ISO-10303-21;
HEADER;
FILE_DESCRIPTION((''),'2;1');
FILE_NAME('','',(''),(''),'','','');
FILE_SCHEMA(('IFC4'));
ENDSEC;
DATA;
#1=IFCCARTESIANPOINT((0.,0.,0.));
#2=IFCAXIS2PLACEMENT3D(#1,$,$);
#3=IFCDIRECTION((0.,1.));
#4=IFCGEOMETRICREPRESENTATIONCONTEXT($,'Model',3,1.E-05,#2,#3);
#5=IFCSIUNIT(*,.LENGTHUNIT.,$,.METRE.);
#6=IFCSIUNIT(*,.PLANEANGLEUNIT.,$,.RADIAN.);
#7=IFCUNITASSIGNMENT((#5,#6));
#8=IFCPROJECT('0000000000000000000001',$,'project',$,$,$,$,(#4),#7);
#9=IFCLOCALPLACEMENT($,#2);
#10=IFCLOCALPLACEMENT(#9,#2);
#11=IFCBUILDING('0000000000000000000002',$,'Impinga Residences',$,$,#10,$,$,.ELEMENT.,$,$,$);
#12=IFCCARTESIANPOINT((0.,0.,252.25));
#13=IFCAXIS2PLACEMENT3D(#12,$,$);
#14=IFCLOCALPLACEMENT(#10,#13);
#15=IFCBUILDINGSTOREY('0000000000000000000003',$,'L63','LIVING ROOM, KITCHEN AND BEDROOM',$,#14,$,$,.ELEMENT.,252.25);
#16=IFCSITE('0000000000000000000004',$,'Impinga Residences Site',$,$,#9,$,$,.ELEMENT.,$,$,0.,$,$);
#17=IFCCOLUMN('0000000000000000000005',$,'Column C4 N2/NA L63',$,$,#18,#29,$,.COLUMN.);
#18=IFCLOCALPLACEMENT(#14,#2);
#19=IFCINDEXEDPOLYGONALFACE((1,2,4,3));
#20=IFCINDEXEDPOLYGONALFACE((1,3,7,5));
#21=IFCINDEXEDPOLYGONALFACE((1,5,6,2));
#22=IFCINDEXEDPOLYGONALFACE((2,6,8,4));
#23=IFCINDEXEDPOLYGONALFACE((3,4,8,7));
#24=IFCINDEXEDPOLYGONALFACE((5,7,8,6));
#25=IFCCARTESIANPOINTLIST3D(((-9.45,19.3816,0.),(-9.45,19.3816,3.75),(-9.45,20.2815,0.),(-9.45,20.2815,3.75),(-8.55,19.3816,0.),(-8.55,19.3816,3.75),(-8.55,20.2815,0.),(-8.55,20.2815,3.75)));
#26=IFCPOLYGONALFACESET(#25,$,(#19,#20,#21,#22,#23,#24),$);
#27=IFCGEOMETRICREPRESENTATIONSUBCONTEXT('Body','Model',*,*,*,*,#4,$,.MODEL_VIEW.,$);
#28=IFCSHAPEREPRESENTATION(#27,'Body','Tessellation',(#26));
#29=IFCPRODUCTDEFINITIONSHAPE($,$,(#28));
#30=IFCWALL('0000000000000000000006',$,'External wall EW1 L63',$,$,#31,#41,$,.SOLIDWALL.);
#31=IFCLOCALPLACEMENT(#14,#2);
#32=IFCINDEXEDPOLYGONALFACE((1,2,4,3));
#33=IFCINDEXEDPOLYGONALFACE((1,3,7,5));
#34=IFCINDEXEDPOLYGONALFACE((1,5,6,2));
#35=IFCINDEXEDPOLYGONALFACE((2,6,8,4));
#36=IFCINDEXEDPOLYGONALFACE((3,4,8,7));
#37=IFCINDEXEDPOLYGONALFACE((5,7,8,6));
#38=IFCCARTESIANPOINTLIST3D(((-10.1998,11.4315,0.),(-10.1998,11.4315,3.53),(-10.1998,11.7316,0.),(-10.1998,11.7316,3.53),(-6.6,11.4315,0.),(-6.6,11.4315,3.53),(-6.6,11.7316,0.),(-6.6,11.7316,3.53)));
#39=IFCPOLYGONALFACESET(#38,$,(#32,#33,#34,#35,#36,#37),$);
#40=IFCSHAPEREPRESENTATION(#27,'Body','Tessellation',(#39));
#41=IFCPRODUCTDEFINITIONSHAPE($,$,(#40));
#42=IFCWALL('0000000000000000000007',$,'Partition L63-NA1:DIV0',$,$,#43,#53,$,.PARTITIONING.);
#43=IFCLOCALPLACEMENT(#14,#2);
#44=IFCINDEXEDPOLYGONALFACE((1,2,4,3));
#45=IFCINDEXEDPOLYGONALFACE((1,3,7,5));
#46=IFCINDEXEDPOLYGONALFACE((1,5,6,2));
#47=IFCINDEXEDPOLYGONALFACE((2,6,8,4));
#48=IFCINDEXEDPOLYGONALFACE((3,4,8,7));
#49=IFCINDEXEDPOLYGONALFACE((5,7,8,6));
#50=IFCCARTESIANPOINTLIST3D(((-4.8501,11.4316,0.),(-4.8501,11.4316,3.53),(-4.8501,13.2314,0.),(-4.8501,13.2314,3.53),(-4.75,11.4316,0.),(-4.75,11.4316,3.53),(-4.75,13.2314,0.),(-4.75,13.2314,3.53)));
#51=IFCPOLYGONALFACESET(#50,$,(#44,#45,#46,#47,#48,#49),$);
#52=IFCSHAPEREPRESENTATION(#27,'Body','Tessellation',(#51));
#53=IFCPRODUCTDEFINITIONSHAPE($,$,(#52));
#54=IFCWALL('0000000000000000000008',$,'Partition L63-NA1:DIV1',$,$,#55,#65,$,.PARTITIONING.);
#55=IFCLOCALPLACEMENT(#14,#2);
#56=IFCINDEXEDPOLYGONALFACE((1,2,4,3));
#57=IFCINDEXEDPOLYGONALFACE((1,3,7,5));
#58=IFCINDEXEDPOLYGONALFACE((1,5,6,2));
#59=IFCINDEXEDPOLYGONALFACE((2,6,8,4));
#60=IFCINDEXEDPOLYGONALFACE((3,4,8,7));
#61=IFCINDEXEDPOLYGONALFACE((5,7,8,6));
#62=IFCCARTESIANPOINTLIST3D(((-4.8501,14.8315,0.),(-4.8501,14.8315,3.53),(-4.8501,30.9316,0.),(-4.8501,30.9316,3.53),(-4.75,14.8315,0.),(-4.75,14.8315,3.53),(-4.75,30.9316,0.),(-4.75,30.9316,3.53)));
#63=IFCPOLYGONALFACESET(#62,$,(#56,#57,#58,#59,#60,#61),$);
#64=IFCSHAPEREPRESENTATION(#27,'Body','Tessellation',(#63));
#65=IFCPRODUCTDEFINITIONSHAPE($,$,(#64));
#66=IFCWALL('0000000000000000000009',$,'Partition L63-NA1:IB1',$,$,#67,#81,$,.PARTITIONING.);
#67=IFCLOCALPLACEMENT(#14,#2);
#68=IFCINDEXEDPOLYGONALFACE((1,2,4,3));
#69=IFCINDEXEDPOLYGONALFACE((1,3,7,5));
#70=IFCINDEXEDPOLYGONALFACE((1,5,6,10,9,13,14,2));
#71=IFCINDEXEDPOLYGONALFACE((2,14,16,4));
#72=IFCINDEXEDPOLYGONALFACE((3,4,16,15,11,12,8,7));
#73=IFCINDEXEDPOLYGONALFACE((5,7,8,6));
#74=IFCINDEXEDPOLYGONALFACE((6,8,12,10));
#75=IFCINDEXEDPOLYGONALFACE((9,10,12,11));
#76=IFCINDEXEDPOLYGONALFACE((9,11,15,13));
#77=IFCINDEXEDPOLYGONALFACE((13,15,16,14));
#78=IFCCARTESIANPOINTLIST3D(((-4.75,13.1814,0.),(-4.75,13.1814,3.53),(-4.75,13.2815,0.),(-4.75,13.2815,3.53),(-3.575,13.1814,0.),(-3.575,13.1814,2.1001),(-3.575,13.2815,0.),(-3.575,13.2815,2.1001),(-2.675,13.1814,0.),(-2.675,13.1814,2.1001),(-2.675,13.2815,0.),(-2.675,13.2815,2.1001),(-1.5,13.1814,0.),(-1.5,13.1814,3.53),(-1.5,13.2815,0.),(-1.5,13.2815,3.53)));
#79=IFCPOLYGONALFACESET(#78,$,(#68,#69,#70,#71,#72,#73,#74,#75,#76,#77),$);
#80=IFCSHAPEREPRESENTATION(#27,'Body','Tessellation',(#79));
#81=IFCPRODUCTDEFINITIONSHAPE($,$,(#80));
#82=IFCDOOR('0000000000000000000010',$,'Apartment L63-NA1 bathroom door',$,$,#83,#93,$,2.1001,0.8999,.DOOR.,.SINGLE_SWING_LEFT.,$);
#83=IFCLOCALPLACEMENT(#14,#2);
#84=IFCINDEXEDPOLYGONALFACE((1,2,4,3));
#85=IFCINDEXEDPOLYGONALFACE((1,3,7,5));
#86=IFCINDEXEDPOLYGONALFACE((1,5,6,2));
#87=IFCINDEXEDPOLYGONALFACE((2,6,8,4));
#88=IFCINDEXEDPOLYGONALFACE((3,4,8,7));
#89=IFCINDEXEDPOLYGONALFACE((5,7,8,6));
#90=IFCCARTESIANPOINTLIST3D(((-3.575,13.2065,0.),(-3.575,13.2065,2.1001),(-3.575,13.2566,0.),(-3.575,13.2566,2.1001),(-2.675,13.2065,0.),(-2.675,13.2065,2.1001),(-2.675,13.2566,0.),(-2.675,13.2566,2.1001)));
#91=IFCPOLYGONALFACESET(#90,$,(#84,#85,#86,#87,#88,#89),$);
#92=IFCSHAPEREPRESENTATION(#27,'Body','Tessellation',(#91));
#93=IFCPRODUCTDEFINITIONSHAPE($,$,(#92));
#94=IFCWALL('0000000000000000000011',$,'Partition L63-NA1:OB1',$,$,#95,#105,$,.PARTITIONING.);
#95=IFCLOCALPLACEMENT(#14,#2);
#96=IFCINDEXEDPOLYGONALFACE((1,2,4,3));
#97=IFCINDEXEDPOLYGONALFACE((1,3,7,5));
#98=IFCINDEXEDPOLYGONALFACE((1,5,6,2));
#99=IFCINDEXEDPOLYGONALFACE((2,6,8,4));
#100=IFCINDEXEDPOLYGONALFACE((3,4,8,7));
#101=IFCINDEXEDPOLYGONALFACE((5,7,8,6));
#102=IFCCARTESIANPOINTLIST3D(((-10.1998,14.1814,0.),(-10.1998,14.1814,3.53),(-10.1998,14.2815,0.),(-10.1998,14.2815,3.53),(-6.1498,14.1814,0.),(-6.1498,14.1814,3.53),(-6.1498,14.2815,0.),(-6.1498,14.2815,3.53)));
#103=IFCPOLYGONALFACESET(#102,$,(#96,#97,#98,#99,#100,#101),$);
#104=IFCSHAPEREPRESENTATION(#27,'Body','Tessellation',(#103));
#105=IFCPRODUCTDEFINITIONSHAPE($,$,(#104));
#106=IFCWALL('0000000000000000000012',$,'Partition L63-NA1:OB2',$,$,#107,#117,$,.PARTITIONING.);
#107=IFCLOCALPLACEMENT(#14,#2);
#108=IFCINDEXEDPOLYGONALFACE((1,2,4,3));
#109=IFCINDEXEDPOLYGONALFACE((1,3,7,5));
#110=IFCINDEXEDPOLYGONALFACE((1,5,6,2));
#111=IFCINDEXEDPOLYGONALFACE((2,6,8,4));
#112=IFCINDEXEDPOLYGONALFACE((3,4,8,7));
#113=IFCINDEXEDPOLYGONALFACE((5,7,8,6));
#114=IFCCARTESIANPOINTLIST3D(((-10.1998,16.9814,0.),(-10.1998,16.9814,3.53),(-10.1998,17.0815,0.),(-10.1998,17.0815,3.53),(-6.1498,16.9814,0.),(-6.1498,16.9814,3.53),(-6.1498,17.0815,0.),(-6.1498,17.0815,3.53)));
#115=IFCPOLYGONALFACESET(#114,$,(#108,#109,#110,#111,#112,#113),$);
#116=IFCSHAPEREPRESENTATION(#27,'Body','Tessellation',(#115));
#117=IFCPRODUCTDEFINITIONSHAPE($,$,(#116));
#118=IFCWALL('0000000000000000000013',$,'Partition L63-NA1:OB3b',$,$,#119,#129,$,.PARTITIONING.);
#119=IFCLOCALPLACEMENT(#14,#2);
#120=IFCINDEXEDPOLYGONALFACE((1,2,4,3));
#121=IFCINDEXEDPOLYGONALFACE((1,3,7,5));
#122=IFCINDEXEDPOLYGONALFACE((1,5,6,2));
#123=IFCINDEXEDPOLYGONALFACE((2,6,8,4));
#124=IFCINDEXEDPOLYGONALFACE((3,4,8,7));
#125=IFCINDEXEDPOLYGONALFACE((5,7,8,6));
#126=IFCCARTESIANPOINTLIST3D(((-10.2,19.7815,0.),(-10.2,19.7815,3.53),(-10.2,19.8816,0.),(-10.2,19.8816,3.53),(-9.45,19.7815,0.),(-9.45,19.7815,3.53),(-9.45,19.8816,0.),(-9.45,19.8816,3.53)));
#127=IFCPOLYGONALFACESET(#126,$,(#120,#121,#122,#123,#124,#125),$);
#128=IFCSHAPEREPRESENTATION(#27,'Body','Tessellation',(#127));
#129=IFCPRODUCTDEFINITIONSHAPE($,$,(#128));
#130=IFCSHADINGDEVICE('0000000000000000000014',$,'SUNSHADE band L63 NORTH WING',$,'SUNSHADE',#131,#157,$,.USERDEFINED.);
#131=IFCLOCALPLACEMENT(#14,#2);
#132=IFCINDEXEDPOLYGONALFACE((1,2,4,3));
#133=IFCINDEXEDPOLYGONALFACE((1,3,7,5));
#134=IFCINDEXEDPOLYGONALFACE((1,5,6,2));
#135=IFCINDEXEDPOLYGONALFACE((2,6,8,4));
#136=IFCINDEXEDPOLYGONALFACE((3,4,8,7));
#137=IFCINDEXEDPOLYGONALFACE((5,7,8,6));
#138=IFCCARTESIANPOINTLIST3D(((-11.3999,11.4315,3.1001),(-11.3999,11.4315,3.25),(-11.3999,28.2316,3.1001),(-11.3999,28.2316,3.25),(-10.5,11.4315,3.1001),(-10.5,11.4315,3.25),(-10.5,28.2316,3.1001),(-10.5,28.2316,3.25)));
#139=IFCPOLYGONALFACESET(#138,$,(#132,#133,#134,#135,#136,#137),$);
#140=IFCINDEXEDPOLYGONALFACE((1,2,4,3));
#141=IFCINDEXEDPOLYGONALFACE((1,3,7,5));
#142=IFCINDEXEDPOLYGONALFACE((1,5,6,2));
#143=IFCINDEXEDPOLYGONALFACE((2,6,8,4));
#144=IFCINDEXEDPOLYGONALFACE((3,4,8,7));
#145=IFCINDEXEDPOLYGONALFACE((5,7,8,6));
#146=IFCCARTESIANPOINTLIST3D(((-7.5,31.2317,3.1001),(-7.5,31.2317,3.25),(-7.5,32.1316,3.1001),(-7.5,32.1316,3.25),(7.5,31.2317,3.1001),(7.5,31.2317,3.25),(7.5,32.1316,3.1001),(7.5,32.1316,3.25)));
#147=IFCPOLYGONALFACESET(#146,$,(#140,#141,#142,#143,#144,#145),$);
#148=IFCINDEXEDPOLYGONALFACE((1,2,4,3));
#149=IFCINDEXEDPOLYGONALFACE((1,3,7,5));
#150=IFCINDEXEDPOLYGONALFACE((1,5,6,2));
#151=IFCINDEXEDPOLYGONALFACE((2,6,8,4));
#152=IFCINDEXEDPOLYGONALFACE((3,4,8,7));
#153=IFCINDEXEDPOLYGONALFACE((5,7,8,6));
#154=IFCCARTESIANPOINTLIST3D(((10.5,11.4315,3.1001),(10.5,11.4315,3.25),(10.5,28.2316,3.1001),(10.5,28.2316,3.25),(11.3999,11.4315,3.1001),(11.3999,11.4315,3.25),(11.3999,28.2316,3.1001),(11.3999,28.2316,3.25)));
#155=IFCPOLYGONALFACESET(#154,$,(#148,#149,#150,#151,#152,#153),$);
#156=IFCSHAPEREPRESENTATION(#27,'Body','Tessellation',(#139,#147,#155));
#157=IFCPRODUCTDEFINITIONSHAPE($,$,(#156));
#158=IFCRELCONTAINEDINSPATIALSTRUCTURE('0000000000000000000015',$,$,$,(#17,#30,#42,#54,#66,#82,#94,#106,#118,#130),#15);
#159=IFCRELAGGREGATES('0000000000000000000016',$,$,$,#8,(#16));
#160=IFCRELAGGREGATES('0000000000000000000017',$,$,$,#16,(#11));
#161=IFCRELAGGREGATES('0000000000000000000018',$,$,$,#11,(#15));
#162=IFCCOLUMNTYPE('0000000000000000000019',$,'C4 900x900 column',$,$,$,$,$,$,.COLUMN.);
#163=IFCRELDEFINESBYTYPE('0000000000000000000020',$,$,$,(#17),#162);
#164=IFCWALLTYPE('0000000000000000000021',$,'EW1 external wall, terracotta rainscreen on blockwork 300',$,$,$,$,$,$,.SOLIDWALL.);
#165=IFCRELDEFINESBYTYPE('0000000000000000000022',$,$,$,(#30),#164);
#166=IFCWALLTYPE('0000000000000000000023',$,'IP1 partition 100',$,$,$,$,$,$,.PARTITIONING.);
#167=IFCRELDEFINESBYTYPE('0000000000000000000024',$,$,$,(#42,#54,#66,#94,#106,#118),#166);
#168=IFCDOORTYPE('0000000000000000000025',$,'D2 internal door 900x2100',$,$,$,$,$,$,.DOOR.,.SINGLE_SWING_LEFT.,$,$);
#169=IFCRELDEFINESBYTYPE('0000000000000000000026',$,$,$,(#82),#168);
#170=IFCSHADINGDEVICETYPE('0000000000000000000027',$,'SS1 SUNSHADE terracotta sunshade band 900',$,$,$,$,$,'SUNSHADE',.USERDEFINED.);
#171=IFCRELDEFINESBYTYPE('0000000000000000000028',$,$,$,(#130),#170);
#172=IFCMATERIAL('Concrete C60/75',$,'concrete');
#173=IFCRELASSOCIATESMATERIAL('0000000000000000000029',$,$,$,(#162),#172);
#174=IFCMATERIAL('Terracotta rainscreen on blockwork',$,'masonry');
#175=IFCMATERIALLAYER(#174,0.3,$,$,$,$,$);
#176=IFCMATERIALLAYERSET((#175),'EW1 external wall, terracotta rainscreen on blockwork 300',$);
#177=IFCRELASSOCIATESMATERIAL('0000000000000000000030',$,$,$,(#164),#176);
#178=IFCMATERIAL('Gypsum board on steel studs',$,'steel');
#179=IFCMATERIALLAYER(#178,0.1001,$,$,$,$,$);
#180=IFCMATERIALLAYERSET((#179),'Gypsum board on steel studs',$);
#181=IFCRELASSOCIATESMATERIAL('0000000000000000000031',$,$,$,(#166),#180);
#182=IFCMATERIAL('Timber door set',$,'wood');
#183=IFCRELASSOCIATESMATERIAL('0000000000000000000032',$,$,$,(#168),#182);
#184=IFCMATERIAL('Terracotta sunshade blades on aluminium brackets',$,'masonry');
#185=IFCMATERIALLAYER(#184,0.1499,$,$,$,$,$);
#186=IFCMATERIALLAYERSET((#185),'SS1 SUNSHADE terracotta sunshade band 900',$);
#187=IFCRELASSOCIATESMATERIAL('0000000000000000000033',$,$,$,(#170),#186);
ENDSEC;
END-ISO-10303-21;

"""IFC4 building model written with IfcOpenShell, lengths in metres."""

from ifc_helpers import new_model, si_unit, direction, frame, frame_2d, origin, origin_2d, place, context, subcontext, project, spatial, rectangle, extrude, material, layer, layer_set, material_profile, profile_set, type_object, element, fill, save


model = new_model("IFC4")

# Units and contexts
model_context = context("Model", 3, precision=1e-05, world=origin(), true_north=direction((0.0, 1.0)))
body_context = subcontext(model_context, "Body", "Model", "MODEL_VIEW")
ifc_project = project(units=[si_unit("LENGTHUNIT", "METRE"), si_unit("PLANEANGLEUNIT", "RADIAN")], contexts=[model_context])

# Site, building, storey
site_placement = place(None, origin())
site = spatial("IfcSite", under=ifc_project, at=site_placement, Name="Impinga Residences Site", CompositionType="ELEMENT", RefElevation=0.0)
building_placement = place(site_placement, origin())
building = spatial("IfcBuilding", under=site, at=building_placement, Name="Impinga Residences", CompositionType="ELEMENT")
storey_placement = place(building_placement, frame((0.0, 0.0, 252.25)))
storey = spatial("IfcBuildingStorey", under=building, at=storey_placement, Name="L63", Description="LIVING ROOM, KITCHEN AND BEDROOM", CompositionType="ELEMENT", Elevation=252.25)

# Column
ifc_material_1 = material(Name="Concrete C60/75", Category="concrete")
ifc_material_profile = material_profile(ifc_material_1, rectangle(XDim=0.8999, YDim=0.8999, at=origin_2d()), Name="RC 900x900")
ifc_profile_set = profile_set([ifc_material_profile], Name="Concrete C60/75")
column_type = type_object("IfcColumnType", Name="C4 900x900 column", PredefinedType="COLUMN", material=ifc_profile_set)
column_placement = place(storey_placement, frame((-9.0, 19.8315, 0.0), z_axis=(0.0, 0.0, 1.0), x_axis=(1.0, 0.0, 0.0)))
element("IfcColumn", 1, at=column_placement, inside=storey, type_object=column_type, Name="Column C4 N2/NA L63", PredefinedType="COLUMN", context=body_context, shape_type="SweptSolid", body=[
    extrude(rectangle(XDim=0.8999, YDim=0.8999, at=origin_2d()), origin(), (0.0, 0.0, 1.0), 3.75),
])

# Walls
ifc_material_2 = material(Name="Terracotta rainscreen on blockwork", Category="masonry")
ifc_layer_1 = layer(ifc_material_2, 0.3)
ifc_layer_set_1 = layer_set([ifc_layer_1], Name="EW1 external wall, terracotta rainscreen on blockwork 300")
wall_type_1 = type_object("IfcWallType", Name="EW1 external wall, terracotta rainscreen on blockwork 300", PredefinedType="SOLIDWALL", material=ifc_layer_set_1)
wall_1_placement = place(storey_placement, frame((-6.6001, 11.5815, 0.0), z_axis=(0.0, 0.0, 1.0), x_axis=(-1.0, 0.0, 0.0)))
element("IfcWall", 2, at=wall_1_placement, inside=storey, type_object=wall_type_1, Name="External wall EW1 L63", PredefinedType="SOLIDWALL", context=body_context, shape_type="SweptSolid", body=[
    extrude(rectangle(XDim=3.5999, YDim=0.3, at=frame_2d((1.7998, 0.0))), origin(), (0.0, 0.0, 1.0), 3.53),
])
ifc_material_3 = material(Name="Gypsum board on steel studs", Category="steel")
ifc_layer_2 = layer(ifc_material_3, 0.1001)
ifc_layer_set_2 = layer_set([ifc_layer_2], Name="Gypsum board on steel studs")
wall_type_2 = type_object("IfcWallType", Name="IP1 partition 100", PredefinedType="PARTITIONING", material=ifc_layer_set_2)
wall_2_placement = place(storey_placement, frame((-4.8, 11.4316, 0.0), z_axis=(0.0, 0.0, 1.0), x_axis=(0.0, 1.0, 0.0)))
element("IfcWall", 3, at=wall_2_placement, inside=storey, type_object=wall_type_2, Name="Partition L63-NA1:DIV0", PredefinedType="PARTITIONING", context=body_context, shape_type="SweptSolid", body=[
    extrude(rectangle(XDim=1.7998, YDim=0.1001, at=frame_2d((0.8999, 0.0))), origin(), (0.0, 0.0, 1.0), 3.53),
])
wall_3_placement = place(storey_placement, frame((-4.8, 14.8315, 0.0), z_axis=(0.0, 0.0, 1.0), x_axis=(0.0, 1.0, 0.0)))
element("IfcWall", 4, at=wall_3_placement, inside=storey, type_object=wall_type_2, Name="Partition L63-NA1:DIV1", PredefinedType="PARTITIONING", context=body_context, shape_type="SweptSolid", body=[
    extrude(rectangle(XDim=16.1001, YDim=0.1001, at=frame_2d((8.05, 0.0))), origin(), (0.0, 0.0, 1.0), 3.53),
])

# Wall, opening, door
wall_4_placement = place(storey_placement, frame((-1.5, 13.2314, 0.0), z_axis=(0.0, 0.0, 1.0), x_axis=(-1.0, 0.0, 0.0)))
wall_4 = element("IfcWall", 5, at=wall_4_placement, inside=storey, type_object=wall_type_2, Name="Partition L63-NA1:IB1", PredefinedType="PARTITIONING", context=body_context, shape_type="SweptSolid", body=[
    extrude(rectangle(XDim=3.25, YDim=0.1001, at=frame_2d((1.625, 0.0))), origin(), (0.0, 0.0, 1.0), 3.53),
])
opening_placement = place(wall_4_placement, frame((1.175, 0.0, 0.0)))
opening = element("IfcOpeningElement", 6, at=opening_placement, cuts=wall_4, PredefinedType="OPENING", context=body_context, shape_type="SweptSolid", body=[
    extrude(rectangle(XDim=0.8999, YDim=2.1001, at=frame_2d((0.45, 1.05))), frame((0.0, 0.0601, 0.0), z_axis=(0.0, -1.0, 0.0), x_axis=(1.0, 0.0, 0.0)), (0.0, 0.0, 1.0), 0.1201),
])
ifc_material_4 = material(Name="Timber door set", Category="wood")
door_type = type_object("IfcDoorType", Name="D2 internal door 900x2100", OperationType="SINGLE_SWING_LEFT", PredefinedType="DOOR", material=ifc_material_4)
door_placement = place(opening_placement, origin())
door = element("IfcDoor", 7, at=door_placement, inside=storey, type_object=door_type, Name="Apartment L63-NA1 bathroom door", OperationType="SINGLE_SWING_LEFT", OverallHeight=2.1001, OverallWidth=0.8999, PredefinedType="DOOR", context=body_context, shape_type="SweptSolid", body=[
    extrude(rectangle(XDim=0.8999, YDim=2.1001, at=frame_2d((0.45, 1.05))), frame((0.0, 0.0249, 0.0), z_axis=(0.0, -1.0, 0.0), x_axis=(1.0, 0.0, 0.0)), (0.0, 0.0, 1.0), 0.05),
])
fill(opening, door)

# Walls
for number, where, z_axis, x_axis, name in (
    (8, (-6.1499, 14.2314, 0.0), (0.0, 0.0, 1.0), (-1.0, 0.0, 0.0), "Partition L63-NA1:OB1"),
    (9, (-6.1499, 17.0315, 0.0), (0.0, 0.0, 1.0), (-1.0, 0.0, 0.0), "Partition L63-NA1:OB2"),
):
    element("IfcWall", number, at=place(storey_placement, frame(where, z_axis=z_axis, x_axis=x_axis)), inside=storey, type_object=wall_type_2, Name=name, PredefinedType="PARTITIONING", context=body_context, shape_type="SweptSolid", body=[
        extrude(rectangle(XDim=4.05, YDim=0.1001, at=frame_2d((2.0249, 0.0))), origin(), (0.0, 0.0, 1.0), 3.53),
    ])
wall_5_placement = place(storey_placement, frame((-9.45, 19.8315, 0.0), z_axis=(0.0, 0.0, 1.0), x_axis=(-1.0, 0.0, 0.0)))
element("IfcWall", 10, at=wall_5_placement, inside=storey, type_object=wall_type_2, Name="Partition L63-NA1:OB3b", PredefinedType="PARTITIONING", context=body_context, shape_type="SweptSolid", body=[
    extrude(rectangle(XDim=0.75, YDim=0.1001, at=frame_2d((0.375, 0.0))), origin(), (0.0, 0.0, 1.0), 3.53),
])

# Shading device
ifc_material_5 = material(Name="Terracotta sunshade blades on aluminium brackets", Category="masonry")
ifc_layer_3 = layer(ifc_material_5, 0.1499)
ifc_layer_set_3 = layer_set([ifc_layer_3], Name="SS1 SUNSHADE terracotta sunshade band 900")
shading_device_type = type_object("IfcShadingDeviceType", Name="SS1 SUNSHADE terracotta sunshade band 900", ElementType="SUNSHADE", PredefinedType="USERDEFINED", material=ifc_layer_set_3)
shading_device_placement = place(storey_placement, frame((-10.95, 19.8315, 3.1001), z_axis=(0.0, 0.0, 1.0), x_axis=(0.0, 1.0, 0.0)))
element("IfcShadingDevice", 11, at=shading_device_placement, inside=storey, type_object=shading_device_type, Name="SUNSHADE band L63 NORTH WING", ObjectType="SUNSHADE", PredefinedType="USERDEFINED", context=body_context, shape_type="SweptSolid", body=[
    extrude(rectangle(XDim=16.8, YDim=0.8999, at=origin_2d()), origin(), (0.0, 0.0, 1.0), 0.1499),
    extrude(rectangle(XDim=15.0, YDim=0.8999, at=origin_2d()), frame((11.8501, -10.95, 0.0), z_axis=(0.0, 0.0, 1.0), x_axis=(0.0, -1.0, 0.0)), (0.0, 0.0, 1.0), 0.1499),
    extrude(rectangle(XDim=16.8, YDim=0.8999, at=origin_2d()), frame((0.0, -21.8999, 0.0), z_axis=(0.0, 0.0, 1.0), x_axis=(-1.0, 0.0, 0.0)), (0.0, 0.0, 1.0), 0.1499),
])

save(model, "model.ifc")
